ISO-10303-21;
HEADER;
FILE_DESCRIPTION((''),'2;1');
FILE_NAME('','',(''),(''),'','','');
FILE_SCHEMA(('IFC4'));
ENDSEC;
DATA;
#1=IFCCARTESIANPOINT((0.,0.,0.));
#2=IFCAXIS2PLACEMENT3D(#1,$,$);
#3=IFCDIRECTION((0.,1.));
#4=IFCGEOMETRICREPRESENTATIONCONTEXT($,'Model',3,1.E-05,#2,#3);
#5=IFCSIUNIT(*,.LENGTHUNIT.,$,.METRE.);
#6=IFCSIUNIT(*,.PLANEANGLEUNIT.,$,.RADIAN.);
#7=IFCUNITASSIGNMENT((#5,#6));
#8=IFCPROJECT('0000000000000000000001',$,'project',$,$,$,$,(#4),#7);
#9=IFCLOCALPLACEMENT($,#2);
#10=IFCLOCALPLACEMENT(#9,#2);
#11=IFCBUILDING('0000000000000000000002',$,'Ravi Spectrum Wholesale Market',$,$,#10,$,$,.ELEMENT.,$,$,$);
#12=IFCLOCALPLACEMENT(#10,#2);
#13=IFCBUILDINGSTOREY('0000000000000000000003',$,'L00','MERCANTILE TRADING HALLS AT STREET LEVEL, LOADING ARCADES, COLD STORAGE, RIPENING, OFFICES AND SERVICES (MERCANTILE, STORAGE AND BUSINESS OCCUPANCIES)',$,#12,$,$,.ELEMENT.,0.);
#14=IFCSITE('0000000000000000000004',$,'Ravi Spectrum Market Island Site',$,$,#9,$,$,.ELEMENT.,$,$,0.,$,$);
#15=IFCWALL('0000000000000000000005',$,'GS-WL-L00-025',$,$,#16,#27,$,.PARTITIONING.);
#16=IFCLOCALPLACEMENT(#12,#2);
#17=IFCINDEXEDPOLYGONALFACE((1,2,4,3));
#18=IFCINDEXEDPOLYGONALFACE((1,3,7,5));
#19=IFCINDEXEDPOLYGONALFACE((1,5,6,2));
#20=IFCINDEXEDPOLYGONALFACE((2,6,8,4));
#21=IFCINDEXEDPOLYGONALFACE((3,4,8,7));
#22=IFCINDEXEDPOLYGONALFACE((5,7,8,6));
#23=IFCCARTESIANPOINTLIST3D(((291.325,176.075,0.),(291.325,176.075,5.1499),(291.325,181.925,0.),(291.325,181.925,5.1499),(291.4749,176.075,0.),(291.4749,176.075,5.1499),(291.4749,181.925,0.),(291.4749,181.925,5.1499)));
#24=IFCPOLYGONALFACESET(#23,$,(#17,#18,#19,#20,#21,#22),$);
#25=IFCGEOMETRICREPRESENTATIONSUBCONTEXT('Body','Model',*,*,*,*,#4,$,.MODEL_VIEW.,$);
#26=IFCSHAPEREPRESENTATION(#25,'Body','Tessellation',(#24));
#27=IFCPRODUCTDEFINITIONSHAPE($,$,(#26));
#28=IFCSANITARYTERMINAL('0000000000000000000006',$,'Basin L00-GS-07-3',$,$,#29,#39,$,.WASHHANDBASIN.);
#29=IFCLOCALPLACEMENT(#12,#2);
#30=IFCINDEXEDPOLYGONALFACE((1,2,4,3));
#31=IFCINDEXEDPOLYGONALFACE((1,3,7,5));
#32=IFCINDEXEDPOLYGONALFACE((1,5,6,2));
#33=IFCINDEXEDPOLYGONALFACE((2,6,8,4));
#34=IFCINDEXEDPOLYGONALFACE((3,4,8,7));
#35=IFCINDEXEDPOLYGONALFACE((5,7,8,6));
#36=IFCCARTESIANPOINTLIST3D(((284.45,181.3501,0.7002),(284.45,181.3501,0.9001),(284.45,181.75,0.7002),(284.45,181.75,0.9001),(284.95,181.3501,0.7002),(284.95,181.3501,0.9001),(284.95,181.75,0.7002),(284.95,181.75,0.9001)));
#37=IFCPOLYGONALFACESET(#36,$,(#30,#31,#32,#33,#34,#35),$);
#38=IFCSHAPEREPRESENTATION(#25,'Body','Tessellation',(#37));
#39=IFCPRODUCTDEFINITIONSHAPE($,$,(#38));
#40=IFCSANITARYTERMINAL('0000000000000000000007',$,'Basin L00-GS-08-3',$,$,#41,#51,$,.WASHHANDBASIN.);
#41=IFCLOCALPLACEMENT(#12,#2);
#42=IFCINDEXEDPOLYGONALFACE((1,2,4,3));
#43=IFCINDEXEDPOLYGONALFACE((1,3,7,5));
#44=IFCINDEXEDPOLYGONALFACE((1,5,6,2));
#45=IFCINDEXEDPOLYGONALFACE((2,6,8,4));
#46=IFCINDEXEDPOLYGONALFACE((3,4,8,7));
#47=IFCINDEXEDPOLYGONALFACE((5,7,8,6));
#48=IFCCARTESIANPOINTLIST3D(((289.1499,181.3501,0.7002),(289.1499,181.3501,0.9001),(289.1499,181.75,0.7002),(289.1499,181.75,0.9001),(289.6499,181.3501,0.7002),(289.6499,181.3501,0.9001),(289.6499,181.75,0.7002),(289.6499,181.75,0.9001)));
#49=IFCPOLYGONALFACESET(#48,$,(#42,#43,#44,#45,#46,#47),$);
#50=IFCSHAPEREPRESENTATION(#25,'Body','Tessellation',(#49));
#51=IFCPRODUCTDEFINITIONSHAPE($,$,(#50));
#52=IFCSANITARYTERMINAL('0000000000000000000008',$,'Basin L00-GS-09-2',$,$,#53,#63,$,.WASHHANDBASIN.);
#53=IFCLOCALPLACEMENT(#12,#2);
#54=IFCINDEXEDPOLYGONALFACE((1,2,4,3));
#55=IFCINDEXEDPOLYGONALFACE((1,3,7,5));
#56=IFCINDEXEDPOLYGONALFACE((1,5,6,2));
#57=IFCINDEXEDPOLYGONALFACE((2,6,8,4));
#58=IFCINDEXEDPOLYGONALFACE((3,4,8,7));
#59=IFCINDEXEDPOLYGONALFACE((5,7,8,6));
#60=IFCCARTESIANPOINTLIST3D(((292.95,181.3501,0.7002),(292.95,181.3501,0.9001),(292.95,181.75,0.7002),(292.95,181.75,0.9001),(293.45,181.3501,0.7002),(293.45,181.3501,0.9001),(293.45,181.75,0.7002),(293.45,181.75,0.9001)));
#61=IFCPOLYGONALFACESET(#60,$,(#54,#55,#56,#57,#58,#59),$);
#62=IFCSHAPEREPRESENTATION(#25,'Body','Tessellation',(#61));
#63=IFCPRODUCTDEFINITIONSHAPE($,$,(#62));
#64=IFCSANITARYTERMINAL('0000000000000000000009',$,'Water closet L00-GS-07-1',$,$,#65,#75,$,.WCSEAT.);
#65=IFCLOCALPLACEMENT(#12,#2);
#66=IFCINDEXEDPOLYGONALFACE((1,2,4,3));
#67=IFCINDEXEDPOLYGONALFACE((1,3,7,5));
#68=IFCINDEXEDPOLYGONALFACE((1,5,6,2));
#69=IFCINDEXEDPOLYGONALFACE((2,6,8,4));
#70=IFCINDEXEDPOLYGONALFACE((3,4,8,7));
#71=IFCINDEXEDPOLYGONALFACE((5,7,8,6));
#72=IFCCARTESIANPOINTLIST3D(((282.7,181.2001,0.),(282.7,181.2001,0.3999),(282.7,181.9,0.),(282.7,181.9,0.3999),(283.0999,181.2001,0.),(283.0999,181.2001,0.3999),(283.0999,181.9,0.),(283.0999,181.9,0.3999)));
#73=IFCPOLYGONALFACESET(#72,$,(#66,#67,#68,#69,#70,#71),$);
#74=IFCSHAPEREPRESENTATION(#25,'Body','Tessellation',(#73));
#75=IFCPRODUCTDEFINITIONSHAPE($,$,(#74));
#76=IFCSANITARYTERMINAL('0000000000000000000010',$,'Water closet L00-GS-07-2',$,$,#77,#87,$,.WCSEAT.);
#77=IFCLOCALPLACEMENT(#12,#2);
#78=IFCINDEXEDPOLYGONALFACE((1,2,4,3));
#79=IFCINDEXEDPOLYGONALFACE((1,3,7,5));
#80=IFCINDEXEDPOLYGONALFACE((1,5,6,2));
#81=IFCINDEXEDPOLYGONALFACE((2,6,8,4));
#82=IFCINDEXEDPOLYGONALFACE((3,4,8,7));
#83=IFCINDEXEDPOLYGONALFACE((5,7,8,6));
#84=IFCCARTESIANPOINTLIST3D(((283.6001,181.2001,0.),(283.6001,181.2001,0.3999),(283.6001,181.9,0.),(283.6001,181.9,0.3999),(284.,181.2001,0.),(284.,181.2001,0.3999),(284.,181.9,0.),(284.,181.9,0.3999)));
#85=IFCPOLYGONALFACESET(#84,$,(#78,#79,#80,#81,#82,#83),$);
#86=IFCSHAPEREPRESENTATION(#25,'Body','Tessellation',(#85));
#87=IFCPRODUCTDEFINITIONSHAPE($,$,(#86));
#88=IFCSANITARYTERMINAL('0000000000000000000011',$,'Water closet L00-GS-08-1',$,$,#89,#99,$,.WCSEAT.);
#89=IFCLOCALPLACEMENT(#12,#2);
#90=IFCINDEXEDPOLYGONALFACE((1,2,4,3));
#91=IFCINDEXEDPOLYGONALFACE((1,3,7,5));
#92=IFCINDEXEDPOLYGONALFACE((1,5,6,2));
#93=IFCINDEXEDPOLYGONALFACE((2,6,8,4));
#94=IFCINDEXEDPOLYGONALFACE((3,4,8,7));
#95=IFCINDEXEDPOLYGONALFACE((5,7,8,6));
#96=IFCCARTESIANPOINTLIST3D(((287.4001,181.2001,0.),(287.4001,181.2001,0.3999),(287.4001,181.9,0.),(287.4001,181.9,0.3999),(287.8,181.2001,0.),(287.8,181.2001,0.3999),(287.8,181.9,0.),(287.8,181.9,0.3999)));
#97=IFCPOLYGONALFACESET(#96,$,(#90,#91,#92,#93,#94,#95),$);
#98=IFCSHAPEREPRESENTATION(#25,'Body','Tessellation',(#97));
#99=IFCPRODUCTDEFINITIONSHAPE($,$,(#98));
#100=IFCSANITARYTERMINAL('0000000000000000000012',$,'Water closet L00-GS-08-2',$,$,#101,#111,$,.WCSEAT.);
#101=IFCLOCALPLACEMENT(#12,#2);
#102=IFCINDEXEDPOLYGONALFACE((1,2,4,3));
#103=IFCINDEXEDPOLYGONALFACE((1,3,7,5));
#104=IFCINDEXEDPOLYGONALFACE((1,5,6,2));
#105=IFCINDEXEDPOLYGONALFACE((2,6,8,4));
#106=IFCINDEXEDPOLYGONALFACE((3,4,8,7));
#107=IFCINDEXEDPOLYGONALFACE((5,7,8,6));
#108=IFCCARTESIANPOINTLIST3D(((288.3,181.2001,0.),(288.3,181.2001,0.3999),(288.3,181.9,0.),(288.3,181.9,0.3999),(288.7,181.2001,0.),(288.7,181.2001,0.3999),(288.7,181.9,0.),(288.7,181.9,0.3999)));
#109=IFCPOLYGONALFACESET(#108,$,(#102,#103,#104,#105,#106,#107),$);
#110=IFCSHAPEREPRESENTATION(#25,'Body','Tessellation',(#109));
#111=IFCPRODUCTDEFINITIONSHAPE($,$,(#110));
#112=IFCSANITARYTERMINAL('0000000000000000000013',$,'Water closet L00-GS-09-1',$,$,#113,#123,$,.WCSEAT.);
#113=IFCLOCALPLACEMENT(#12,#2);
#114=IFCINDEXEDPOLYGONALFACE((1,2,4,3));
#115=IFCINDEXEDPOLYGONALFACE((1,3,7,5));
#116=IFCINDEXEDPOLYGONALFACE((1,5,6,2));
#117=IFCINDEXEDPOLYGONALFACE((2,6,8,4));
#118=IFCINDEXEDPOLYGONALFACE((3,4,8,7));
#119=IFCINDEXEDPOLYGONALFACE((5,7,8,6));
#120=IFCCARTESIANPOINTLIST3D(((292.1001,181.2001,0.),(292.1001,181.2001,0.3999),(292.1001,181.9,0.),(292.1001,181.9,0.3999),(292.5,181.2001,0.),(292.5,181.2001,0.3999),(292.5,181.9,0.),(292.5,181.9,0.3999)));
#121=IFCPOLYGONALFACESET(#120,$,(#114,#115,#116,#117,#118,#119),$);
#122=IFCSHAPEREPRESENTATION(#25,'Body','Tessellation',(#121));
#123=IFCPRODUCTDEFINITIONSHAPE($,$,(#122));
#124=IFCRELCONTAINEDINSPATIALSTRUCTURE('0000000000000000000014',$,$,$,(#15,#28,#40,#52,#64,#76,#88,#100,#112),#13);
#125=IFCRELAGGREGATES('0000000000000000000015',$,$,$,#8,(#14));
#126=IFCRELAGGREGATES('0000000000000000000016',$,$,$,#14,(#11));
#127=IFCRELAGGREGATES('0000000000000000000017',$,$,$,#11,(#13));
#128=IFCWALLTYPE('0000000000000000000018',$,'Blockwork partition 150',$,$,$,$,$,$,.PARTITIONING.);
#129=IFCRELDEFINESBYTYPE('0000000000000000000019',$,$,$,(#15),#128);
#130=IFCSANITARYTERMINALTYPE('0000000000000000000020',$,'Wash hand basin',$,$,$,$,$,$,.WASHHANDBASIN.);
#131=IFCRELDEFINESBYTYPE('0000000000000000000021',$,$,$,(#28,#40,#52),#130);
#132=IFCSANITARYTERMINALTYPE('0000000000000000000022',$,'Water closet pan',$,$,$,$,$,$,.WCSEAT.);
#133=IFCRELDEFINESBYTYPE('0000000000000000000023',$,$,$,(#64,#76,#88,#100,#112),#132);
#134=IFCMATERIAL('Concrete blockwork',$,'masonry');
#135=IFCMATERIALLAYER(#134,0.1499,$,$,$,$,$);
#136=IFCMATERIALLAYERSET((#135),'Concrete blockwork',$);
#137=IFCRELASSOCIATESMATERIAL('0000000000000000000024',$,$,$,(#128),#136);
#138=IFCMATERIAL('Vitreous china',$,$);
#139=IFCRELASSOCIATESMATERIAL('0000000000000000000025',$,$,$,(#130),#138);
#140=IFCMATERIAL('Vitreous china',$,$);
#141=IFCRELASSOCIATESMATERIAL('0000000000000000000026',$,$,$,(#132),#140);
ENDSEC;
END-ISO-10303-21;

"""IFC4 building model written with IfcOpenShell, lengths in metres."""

from ifc_helpers import new_model, si_unit, direction, frame, frame_2d, origin, origin_2d, place, context, subcontext, project, spatial, rectangle, extrude, material, layer, layer_set, type_object, element, save


model = new_model("IFC4")

# Units and contexts
model_context = context("Model", 3, precision=1e-05, world=origin(), true_north=direction((0.0, 1.0)))
body_context = subcontext(model_context, "Body", "Model", "MODEL_VIEW")
ifc_project = project(units=[si_unit("LENGTHUNIT", "METRE"), si_unit("PLANEANGLEUNIT", "RADIAN")], contexts=[model_context])

# Site, building, storey
site_placement = place(None, origin())
site = spatial("IfcSite", under=ifc_project, at=site_placement, Name="Ravi Spectrum Market Island Site", CompositionType="ELEMENT", RefElevation=0.0)
building_placement = place(site_placement, origin())
building = spatial("IfcBuilding", under=site, at=building_placement, Name="Ravi Spectrum Wholesale Market", CompositionType="ELEMENT")
storey_placement = place(building_placement, origin())
storey = spatial("IfcBuildingStorey", under=building, at=storey_placement, Name="L00", Description="MERCANTILE TRADING HALLS AT STREET LEVEL, LOADING ARCADES, COLD STORAGE, RIPENING, OFFICES AND SERVICES (MERCANTILE, STORAGE AND BUSINESS OCCUPANCIES)", CompositionType="ELEMENT", Elevation=0.0)

# Shared definitions
ifc_material_1 = material(Name="Concrete blockwork", Category="masonry")
ifc_layer = layer(ifc_material_1, 0.1499)
ifc_layer_set = layer_set([ifc_layer], Name="Concrete blockwork")
wall_type = type_object("IfcWallType", Name="Blockwork partition 150", PredefinedType="PARTITIONING", material=ifc_layer_set)

# Wall
for number, where, z_axis, x_axis, name in (
    (1, (291.3999, 176.075, 0.0), (0.0, 0.0, 1.0), (0.0, 1.0, 0.0), "GS-WL-L00-025"),
):
    element("IfcWall", number, at=place(storey_placement, frame(where, z_axis=z_axis, x_axis=x_axis)), inside=storey, type_object=wall_type, Name=name, PredefinedType="PARTITIONING", context=body_context, shape_type="SweptSolid", body=[
        extrude(rectangle(XDim=5.8501, YDim=0.1499, at=frame_2d((2.925, 0.0))), origin(), (0.0, 0.0, 1.0), 5.1499),
    ])

# Sanitary terminals
ifc_material_2 = material(Name="Vitreous china")
sanitary_terminal_type_1 = type_object("IfcSanitaryTerminalType", Name="Wash hand basin", PredefinedType="WASHHANDBASIN", material=ifc_material_2)
for number, where, z_axis, x_axis, name in (
    (2, (284.7, 181.55, 0.7002), (0.0, 0.0, 1.0), (1.0, 0.0, 0.0), "Basin L00-GS-07-3"),
    (3, (289.3999, 181.55, 0.7002), (0.0, 0.0, 1.0), (1.0, 0.0, 0.0), "Basin L00-GS-08-3"),
    (4, (293.2, 181.55, 0.7002), (0.0, 0.0, 1.0), (1.0, 0.0, 0.0), "Basin L00-GS-09-2"),
):
    element("IfcSanitaryTerminal", number, at=place(storey_placement, frame(where, z_axis=z_axis, x_axis=x_axis)), inside=storey, type_object=sanitary_terminal_type_1, Name=name, PredefinedType="WASHHANDBASIN", context=body_context, shape_type="SweptSolid", body=[
        extrude(rectangle(XDim=0.5, YDim=0.3999, at=origin_2d()), origin(), (0.0, 0.0, 1.0), 0.2),
    ])
ifc_material_3 = material(Name="Vitreous china")
sanitary_terminal_type_2 = type_object("IfcSanitaryTerminalType", Name="Water closet pan", PredefinedType="WCSEAT", material=ifc_material_3)
for number, where, z_axis, x_axis, name in (
    (5, (282.8999, 181.55, 0.0), (0.0, 0.0, 1.0), (1.0, 0.0, 0.0), "Water closet L00-GS-07-1"),
    (6, (283.8, 181.55, 0.0), (0.0, 0.0, 1.0), (1.0, 0.0, 0.0), "Water closet L00-GS-07-2"),
    (7, (287.6001, 181.55, 0.0), (0.0, 0.0, 1.0), (1.0, 0.0, 0.0), "Water closet L00-GS-08-1"),
    (8, (288.5, 181.55, 0.0), (0.0, 0.0, 1.0), (1.0, 0.0, 0.0), "Water closet L00-GS-08-2"),
    (9, (292.3, 181.55, 0.0), (0.0, 0.0, 1.0), (1.0, 0.0, 0.0), "Water closet L00-GS-09-1"),
):
    element("IfcSanitaryTerminal", number, at=place(storey_placement, frame(where, z_axis=z_axis, x_axis=x_axis)), inside=storey, type_object=sanitary_terminal_type_2, Name=name, PredefinedType="WCSEAT", context=body_context, shape_type="SweptSolid", body=[
        extrude(rectangle(XDim=0.3999, YDim=0.7, at=origin_2d()), origin(), (0.0, 0.0, 1.0), 0.3999),
    ])

save(model, "model.ifc")
